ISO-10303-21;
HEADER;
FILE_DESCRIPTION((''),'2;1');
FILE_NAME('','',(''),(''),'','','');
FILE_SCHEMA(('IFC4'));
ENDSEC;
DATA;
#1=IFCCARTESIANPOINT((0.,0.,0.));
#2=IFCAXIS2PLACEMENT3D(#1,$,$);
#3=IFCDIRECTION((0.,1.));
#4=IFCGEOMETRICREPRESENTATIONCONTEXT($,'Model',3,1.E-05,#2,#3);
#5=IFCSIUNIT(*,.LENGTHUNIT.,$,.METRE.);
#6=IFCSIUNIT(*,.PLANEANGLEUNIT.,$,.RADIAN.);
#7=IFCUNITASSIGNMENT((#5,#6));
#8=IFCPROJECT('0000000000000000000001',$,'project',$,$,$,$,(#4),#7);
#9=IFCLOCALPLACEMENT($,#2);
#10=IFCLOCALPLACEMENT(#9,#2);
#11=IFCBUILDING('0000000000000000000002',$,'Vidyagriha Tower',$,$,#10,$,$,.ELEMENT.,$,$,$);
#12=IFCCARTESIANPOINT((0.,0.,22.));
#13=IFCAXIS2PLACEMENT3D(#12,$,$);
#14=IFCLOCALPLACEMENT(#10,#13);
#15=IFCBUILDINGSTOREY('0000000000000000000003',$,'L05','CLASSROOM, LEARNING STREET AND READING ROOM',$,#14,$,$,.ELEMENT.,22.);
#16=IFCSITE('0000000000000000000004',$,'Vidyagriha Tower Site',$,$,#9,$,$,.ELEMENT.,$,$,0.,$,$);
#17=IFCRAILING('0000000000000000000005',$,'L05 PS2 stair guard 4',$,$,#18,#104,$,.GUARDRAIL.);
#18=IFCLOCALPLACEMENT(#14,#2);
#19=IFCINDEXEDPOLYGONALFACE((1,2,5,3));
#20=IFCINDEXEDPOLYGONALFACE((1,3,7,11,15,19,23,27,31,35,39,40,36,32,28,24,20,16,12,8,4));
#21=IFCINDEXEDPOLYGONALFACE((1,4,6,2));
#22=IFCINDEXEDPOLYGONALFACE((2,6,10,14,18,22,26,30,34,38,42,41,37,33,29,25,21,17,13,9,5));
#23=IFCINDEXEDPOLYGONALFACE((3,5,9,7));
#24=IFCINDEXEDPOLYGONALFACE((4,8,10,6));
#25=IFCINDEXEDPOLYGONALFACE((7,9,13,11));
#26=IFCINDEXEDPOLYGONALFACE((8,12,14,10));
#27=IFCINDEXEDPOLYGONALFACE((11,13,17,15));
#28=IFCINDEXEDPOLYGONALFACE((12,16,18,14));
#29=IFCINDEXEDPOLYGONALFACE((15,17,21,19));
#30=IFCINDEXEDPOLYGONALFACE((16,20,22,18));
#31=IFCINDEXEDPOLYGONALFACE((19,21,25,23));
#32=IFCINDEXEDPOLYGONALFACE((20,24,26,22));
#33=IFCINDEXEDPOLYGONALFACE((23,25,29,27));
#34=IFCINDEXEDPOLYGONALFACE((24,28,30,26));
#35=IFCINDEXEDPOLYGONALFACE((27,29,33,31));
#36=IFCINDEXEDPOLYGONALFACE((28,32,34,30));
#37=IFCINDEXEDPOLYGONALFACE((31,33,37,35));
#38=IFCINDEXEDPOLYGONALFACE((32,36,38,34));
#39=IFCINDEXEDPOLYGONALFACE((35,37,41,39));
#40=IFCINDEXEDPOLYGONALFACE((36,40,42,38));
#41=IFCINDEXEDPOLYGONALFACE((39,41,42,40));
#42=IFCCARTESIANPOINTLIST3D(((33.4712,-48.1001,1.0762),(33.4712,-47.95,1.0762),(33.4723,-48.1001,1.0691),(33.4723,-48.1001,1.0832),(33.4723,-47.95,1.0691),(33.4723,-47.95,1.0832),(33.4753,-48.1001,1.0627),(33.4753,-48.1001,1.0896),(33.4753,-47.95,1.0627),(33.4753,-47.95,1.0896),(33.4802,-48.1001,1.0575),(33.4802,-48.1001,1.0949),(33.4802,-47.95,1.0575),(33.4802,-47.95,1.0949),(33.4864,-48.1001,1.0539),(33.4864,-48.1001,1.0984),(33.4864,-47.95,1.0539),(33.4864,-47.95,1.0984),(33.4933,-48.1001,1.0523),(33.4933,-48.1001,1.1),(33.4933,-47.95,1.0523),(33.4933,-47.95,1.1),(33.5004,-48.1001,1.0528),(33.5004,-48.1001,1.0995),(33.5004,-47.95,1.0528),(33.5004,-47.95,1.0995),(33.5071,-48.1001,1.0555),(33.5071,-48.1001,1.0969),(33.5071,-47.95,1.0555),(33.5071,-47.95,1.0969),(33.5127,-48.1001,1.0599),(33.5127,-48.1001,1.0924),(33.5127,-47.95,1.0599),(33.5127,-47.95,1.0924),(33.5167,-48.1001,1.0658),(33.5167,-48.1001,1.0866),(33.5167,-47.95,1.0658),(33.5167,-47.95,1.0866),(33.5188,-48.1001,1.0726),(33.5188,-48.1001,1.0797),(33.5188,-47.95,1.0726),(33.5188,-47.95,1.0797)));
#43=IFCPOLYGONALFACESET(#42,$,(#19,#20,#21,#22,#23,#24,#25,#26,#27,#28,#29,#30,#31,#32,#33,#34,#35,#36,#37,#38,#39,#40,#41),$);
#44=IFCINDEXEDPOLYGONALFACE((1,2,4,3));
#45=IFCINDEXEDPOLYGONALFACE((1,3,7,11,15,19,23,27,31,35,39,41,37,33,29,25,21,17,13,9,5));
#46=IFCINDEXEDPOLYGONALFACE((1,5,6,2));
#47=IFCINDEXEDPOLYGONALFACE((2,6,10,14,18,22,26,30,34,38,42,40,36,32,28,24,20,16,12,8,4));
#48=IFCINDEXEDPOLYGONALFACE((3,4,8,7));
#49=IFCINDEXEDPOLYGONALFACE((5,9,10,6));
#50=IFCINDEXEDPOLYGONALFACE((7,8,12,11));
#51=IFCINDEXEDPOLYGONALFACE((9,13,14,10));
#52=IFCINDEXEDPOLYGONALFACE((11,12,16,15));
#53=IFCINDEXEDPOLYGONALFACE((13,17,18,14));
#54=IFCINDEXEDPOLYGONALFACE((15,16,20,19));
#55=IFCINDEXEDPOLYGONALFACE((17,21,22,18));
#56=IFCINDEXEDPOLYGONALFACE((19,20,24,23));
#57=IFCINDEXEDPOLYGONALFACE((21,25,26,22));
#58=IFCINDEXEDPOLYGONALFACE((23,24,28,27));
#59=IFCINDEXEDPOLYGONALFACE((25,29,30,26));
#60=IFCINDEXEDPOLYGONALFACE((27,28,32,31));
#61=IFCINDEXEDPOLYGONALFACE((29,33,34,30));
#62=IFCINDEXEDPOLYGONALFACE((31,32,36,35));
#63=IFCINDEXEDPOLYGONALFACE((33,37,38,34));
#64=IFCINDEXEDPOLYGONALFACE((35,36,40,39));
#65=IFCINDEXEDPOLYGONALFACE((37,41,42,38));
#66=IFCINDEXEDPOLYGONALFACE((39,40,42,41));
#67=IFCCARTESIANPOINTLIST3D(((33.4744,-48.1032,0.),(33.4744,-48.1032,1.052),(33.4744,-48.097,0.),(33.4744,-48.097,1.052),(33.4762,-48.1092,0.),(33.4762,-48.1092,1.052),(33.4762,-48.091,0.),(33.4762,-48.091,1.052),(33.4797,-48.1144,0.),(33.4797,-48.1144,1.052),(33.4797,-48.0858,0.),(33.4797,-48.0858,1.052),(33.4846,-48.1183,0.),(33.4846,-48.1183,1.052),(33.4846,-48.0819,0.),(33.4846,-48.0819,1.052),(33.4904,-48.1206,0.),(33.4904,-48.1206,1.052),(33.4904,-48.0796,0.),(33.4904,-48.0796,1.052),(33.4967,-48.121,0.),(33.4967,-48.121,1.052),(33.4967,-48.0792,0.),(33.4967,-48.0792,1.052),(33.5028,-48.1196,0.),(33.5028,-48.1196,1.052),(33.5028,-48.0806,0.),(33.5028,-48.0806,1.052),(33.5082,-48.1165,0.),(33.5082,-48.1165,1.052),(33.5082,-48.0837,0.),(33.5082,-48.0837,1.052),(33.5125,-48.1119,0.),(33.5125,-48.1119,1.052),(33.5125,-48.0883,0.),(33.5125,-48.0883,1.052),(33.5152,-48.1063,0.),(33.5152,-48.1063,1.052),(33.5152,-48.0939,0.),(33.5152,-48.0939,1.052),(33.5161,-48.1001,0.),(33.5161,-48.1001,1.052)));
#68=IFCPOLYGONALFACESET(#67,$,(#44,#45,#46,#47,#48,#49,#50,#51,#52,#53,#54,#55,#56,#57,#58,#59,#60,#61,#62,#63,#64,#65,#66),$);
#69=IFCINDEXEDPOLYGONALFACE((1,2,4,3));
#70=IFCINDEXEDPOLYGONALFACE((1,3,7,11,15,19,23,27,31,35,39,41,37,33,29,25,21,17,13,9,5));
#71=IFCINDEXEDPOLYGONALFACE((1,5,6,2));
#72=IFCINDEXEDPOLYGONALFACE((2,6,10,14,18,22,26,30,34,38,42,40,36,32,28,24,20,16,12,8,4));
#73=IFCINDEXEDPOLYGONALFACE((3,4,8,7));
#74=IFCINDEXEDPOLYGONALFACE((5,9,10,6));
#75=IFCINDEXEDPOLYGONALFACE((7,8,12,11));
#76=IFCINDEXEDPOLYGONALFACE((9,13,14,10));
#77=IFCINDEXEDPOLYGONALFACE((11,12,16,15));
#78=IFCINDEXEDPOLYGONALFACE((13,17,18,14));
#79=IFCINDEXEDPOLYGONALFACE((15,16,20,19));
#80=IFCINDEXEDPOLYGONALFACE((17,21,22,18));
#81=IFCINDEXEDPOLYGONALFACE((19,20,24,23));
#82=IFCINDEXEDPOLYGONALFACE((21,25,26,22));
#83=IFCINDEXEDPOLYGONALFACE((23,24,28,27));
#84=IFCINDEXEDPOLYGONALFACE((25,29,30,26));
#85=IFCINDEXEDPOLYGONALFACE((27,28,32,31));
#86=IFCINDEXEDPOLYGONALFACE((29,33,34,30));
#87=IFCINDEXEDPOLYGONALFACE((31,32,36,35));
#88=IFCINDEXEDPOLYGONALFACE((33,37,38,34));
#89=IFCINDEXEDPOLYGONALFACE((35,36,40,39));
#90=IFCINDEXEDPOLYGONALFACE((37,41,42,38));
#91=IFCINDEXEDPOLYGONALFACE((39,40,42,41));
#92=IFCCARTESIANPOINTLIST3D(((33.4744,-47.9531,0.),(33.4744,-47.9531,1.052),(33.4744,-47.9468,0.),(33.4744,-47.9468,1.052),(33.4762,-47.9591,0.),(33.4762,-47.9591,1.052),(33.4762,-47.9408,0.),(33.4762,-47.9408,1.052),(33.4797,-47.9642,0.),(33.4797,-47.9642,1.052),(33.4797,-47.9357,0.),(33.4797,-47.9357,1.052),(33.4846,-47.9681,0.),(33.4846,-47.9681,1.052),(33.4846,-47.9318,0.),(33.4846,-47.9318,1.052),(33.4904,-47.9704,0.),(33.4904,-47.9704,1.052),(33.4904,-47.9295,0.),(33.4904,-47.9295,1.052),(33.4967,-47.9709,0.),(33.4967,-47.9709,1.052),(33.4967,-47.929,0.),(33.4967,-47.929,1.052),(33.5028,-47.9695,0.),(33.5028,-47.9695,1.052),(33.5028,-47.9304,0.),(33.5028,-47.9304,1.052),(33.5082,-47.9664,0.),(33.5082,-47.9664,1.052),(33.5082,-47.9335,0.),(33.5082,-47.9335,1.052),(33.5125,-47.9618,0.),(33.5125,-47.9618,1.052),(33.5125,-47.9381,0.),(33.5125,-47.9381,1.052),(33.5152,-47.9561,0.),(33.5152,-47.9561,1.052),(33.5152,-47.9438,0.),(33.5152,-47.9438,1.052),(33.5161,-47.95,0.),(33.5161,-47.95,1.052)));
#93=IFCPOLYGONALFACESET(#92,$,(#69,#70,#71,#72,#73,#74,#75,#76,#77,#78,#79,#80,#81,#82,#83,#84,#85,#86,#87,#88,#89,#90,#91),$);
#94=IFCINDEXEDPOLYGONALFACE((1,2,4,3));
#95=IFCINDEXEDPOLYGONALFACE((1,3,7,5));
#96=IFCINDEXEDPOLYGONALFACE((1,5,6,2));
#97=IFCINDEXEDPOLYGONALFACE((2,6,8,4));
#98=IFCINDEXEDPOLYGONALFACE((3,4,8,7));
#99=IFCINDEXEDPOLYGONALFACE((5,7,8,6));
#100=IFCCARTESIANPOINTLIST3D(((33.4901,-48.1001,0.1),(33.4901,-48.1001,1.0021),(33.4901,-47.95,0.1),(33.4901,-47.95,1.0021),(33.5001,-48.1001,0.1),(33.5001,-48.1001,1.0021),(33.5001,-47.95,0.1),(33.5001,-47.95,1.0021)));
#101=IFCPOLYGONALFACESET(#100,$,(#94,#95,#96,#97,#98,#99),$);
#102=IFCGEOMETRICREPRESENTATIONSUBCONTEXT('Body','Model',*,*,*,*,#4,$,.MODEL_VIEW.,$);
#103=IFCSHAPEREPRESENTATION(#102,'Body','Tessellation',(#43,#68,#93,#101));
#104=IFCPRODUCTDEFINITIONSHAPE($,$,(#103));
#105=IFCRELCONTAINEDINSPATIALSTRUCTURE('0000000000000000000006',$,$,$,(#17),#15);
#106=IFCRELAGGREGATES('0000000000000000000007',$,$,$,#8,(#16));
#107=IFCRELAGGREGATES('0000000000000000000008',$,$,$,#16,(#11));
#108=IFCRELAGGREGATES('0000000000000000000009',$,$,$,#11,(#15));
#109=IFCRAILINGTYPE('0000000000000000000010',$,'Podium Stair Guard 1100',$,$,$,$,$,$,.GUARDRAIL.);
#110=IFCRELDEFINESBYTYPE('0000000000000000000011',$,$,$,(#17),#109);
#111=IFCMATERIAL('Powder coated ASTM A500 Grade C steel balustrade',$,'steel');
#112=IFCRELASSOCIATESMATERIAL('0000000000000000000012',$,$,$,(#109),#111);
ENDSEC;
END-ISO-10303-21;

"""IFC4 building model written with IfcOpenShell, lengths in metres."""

from ifc_helpers import new_model, si_unit, direction, frame, origin, origin_2d, place, context, subcontext, project, spatial, rectangle, circle, extrude, material, type_object, element, save


model = new_model("IFC4")

# Units and contexts
model_context = context("Model", 3, precision=1e-05, world=origin(), true_north=direction((0.0, 1.0)))
body_context = subcontext(model_context, "Body", "Model", "MODEL_VIEW")
ifc_project = project(units=[si_unit("LENGTHUNIT", "METRE"), si_unit("PLANEANGLEUNIT", "RADIAN")], contexts=[model_context])

# Site, building, storey
site_placement = place(None, origin())
site = spatial("IfcSite", under=ifc_project, at=site_placement, Name="Vidyagriha Tower Site", CompositionType="ELEMENT", RefElevation=0.0)
building_placement = place(site_placement, origin())
building = spatial("IfcBuilding", under=site, at=building_placement, Name="Vidyagriha Tower", CompositionType="ELEMENT")
storey_placement = place(building_placement, frame((0.0, 0.0, 22.0)))
storey = spatial("IfcBuildingStorey", under=building, at=storey_placement, Name="L05", Description="CLASSROOM, LEARNING STREET AND READING ROOM", CompositionType="ELEMENT", Elevation=22.0)

# Railing
ifc_material_1 = material(Name="Powder coated ASTM A500 Grade C steel balustrade", Category="steel")
railing_type_1 = type_object("IfcRailingType", Name="Podium Stair Guard 1100", PredefinedType="GUARDRAIL", material=ifc_material_1)
railing_1_placement = place(storey_placement, frame((33.4951, -48.1001, 0.0)))
element("IfcRailing", 1, at=railing_1_placement, inside=storey, type_object=railing_type_1, Name="L05 PS2 stair guard 4", PredefinedType="GUARDRAIL", context=body_context, shape_type="SweptSolid", body=[
    extrude(circle(Radius=0.0239, at=origin_2d()), frame((0.0, 0.0, 1.0762), z_axis=(0.0, 1.0, 0.0), x_axis=(-1.0, 0.0, 0.0)), (0.0, 0.0, 1.0), 0.1501),
    extrude(circle(Radius=0.021, at=origin_2d()), origin(), (0.0, 0.0, 1.0), 1.052),
    extrude(circle(Radius=0.021, at=origin_2d()), frame((0.0, 0.1501, 0.0)), (0.0, 0.0, 1.0), 1.052),
    extrude(rectangle(XDim=0.01, YDim=0.9021, at=origin_2d()), frame((0.0, 0.0, 0.551), z_axis=(0.0, 1.0, 0.0), x_axis=(-1.0, 0.0, 0.0)), (0.0, 0.0, 1.0), 0.1501),
])

save(model, "model.ifc")
